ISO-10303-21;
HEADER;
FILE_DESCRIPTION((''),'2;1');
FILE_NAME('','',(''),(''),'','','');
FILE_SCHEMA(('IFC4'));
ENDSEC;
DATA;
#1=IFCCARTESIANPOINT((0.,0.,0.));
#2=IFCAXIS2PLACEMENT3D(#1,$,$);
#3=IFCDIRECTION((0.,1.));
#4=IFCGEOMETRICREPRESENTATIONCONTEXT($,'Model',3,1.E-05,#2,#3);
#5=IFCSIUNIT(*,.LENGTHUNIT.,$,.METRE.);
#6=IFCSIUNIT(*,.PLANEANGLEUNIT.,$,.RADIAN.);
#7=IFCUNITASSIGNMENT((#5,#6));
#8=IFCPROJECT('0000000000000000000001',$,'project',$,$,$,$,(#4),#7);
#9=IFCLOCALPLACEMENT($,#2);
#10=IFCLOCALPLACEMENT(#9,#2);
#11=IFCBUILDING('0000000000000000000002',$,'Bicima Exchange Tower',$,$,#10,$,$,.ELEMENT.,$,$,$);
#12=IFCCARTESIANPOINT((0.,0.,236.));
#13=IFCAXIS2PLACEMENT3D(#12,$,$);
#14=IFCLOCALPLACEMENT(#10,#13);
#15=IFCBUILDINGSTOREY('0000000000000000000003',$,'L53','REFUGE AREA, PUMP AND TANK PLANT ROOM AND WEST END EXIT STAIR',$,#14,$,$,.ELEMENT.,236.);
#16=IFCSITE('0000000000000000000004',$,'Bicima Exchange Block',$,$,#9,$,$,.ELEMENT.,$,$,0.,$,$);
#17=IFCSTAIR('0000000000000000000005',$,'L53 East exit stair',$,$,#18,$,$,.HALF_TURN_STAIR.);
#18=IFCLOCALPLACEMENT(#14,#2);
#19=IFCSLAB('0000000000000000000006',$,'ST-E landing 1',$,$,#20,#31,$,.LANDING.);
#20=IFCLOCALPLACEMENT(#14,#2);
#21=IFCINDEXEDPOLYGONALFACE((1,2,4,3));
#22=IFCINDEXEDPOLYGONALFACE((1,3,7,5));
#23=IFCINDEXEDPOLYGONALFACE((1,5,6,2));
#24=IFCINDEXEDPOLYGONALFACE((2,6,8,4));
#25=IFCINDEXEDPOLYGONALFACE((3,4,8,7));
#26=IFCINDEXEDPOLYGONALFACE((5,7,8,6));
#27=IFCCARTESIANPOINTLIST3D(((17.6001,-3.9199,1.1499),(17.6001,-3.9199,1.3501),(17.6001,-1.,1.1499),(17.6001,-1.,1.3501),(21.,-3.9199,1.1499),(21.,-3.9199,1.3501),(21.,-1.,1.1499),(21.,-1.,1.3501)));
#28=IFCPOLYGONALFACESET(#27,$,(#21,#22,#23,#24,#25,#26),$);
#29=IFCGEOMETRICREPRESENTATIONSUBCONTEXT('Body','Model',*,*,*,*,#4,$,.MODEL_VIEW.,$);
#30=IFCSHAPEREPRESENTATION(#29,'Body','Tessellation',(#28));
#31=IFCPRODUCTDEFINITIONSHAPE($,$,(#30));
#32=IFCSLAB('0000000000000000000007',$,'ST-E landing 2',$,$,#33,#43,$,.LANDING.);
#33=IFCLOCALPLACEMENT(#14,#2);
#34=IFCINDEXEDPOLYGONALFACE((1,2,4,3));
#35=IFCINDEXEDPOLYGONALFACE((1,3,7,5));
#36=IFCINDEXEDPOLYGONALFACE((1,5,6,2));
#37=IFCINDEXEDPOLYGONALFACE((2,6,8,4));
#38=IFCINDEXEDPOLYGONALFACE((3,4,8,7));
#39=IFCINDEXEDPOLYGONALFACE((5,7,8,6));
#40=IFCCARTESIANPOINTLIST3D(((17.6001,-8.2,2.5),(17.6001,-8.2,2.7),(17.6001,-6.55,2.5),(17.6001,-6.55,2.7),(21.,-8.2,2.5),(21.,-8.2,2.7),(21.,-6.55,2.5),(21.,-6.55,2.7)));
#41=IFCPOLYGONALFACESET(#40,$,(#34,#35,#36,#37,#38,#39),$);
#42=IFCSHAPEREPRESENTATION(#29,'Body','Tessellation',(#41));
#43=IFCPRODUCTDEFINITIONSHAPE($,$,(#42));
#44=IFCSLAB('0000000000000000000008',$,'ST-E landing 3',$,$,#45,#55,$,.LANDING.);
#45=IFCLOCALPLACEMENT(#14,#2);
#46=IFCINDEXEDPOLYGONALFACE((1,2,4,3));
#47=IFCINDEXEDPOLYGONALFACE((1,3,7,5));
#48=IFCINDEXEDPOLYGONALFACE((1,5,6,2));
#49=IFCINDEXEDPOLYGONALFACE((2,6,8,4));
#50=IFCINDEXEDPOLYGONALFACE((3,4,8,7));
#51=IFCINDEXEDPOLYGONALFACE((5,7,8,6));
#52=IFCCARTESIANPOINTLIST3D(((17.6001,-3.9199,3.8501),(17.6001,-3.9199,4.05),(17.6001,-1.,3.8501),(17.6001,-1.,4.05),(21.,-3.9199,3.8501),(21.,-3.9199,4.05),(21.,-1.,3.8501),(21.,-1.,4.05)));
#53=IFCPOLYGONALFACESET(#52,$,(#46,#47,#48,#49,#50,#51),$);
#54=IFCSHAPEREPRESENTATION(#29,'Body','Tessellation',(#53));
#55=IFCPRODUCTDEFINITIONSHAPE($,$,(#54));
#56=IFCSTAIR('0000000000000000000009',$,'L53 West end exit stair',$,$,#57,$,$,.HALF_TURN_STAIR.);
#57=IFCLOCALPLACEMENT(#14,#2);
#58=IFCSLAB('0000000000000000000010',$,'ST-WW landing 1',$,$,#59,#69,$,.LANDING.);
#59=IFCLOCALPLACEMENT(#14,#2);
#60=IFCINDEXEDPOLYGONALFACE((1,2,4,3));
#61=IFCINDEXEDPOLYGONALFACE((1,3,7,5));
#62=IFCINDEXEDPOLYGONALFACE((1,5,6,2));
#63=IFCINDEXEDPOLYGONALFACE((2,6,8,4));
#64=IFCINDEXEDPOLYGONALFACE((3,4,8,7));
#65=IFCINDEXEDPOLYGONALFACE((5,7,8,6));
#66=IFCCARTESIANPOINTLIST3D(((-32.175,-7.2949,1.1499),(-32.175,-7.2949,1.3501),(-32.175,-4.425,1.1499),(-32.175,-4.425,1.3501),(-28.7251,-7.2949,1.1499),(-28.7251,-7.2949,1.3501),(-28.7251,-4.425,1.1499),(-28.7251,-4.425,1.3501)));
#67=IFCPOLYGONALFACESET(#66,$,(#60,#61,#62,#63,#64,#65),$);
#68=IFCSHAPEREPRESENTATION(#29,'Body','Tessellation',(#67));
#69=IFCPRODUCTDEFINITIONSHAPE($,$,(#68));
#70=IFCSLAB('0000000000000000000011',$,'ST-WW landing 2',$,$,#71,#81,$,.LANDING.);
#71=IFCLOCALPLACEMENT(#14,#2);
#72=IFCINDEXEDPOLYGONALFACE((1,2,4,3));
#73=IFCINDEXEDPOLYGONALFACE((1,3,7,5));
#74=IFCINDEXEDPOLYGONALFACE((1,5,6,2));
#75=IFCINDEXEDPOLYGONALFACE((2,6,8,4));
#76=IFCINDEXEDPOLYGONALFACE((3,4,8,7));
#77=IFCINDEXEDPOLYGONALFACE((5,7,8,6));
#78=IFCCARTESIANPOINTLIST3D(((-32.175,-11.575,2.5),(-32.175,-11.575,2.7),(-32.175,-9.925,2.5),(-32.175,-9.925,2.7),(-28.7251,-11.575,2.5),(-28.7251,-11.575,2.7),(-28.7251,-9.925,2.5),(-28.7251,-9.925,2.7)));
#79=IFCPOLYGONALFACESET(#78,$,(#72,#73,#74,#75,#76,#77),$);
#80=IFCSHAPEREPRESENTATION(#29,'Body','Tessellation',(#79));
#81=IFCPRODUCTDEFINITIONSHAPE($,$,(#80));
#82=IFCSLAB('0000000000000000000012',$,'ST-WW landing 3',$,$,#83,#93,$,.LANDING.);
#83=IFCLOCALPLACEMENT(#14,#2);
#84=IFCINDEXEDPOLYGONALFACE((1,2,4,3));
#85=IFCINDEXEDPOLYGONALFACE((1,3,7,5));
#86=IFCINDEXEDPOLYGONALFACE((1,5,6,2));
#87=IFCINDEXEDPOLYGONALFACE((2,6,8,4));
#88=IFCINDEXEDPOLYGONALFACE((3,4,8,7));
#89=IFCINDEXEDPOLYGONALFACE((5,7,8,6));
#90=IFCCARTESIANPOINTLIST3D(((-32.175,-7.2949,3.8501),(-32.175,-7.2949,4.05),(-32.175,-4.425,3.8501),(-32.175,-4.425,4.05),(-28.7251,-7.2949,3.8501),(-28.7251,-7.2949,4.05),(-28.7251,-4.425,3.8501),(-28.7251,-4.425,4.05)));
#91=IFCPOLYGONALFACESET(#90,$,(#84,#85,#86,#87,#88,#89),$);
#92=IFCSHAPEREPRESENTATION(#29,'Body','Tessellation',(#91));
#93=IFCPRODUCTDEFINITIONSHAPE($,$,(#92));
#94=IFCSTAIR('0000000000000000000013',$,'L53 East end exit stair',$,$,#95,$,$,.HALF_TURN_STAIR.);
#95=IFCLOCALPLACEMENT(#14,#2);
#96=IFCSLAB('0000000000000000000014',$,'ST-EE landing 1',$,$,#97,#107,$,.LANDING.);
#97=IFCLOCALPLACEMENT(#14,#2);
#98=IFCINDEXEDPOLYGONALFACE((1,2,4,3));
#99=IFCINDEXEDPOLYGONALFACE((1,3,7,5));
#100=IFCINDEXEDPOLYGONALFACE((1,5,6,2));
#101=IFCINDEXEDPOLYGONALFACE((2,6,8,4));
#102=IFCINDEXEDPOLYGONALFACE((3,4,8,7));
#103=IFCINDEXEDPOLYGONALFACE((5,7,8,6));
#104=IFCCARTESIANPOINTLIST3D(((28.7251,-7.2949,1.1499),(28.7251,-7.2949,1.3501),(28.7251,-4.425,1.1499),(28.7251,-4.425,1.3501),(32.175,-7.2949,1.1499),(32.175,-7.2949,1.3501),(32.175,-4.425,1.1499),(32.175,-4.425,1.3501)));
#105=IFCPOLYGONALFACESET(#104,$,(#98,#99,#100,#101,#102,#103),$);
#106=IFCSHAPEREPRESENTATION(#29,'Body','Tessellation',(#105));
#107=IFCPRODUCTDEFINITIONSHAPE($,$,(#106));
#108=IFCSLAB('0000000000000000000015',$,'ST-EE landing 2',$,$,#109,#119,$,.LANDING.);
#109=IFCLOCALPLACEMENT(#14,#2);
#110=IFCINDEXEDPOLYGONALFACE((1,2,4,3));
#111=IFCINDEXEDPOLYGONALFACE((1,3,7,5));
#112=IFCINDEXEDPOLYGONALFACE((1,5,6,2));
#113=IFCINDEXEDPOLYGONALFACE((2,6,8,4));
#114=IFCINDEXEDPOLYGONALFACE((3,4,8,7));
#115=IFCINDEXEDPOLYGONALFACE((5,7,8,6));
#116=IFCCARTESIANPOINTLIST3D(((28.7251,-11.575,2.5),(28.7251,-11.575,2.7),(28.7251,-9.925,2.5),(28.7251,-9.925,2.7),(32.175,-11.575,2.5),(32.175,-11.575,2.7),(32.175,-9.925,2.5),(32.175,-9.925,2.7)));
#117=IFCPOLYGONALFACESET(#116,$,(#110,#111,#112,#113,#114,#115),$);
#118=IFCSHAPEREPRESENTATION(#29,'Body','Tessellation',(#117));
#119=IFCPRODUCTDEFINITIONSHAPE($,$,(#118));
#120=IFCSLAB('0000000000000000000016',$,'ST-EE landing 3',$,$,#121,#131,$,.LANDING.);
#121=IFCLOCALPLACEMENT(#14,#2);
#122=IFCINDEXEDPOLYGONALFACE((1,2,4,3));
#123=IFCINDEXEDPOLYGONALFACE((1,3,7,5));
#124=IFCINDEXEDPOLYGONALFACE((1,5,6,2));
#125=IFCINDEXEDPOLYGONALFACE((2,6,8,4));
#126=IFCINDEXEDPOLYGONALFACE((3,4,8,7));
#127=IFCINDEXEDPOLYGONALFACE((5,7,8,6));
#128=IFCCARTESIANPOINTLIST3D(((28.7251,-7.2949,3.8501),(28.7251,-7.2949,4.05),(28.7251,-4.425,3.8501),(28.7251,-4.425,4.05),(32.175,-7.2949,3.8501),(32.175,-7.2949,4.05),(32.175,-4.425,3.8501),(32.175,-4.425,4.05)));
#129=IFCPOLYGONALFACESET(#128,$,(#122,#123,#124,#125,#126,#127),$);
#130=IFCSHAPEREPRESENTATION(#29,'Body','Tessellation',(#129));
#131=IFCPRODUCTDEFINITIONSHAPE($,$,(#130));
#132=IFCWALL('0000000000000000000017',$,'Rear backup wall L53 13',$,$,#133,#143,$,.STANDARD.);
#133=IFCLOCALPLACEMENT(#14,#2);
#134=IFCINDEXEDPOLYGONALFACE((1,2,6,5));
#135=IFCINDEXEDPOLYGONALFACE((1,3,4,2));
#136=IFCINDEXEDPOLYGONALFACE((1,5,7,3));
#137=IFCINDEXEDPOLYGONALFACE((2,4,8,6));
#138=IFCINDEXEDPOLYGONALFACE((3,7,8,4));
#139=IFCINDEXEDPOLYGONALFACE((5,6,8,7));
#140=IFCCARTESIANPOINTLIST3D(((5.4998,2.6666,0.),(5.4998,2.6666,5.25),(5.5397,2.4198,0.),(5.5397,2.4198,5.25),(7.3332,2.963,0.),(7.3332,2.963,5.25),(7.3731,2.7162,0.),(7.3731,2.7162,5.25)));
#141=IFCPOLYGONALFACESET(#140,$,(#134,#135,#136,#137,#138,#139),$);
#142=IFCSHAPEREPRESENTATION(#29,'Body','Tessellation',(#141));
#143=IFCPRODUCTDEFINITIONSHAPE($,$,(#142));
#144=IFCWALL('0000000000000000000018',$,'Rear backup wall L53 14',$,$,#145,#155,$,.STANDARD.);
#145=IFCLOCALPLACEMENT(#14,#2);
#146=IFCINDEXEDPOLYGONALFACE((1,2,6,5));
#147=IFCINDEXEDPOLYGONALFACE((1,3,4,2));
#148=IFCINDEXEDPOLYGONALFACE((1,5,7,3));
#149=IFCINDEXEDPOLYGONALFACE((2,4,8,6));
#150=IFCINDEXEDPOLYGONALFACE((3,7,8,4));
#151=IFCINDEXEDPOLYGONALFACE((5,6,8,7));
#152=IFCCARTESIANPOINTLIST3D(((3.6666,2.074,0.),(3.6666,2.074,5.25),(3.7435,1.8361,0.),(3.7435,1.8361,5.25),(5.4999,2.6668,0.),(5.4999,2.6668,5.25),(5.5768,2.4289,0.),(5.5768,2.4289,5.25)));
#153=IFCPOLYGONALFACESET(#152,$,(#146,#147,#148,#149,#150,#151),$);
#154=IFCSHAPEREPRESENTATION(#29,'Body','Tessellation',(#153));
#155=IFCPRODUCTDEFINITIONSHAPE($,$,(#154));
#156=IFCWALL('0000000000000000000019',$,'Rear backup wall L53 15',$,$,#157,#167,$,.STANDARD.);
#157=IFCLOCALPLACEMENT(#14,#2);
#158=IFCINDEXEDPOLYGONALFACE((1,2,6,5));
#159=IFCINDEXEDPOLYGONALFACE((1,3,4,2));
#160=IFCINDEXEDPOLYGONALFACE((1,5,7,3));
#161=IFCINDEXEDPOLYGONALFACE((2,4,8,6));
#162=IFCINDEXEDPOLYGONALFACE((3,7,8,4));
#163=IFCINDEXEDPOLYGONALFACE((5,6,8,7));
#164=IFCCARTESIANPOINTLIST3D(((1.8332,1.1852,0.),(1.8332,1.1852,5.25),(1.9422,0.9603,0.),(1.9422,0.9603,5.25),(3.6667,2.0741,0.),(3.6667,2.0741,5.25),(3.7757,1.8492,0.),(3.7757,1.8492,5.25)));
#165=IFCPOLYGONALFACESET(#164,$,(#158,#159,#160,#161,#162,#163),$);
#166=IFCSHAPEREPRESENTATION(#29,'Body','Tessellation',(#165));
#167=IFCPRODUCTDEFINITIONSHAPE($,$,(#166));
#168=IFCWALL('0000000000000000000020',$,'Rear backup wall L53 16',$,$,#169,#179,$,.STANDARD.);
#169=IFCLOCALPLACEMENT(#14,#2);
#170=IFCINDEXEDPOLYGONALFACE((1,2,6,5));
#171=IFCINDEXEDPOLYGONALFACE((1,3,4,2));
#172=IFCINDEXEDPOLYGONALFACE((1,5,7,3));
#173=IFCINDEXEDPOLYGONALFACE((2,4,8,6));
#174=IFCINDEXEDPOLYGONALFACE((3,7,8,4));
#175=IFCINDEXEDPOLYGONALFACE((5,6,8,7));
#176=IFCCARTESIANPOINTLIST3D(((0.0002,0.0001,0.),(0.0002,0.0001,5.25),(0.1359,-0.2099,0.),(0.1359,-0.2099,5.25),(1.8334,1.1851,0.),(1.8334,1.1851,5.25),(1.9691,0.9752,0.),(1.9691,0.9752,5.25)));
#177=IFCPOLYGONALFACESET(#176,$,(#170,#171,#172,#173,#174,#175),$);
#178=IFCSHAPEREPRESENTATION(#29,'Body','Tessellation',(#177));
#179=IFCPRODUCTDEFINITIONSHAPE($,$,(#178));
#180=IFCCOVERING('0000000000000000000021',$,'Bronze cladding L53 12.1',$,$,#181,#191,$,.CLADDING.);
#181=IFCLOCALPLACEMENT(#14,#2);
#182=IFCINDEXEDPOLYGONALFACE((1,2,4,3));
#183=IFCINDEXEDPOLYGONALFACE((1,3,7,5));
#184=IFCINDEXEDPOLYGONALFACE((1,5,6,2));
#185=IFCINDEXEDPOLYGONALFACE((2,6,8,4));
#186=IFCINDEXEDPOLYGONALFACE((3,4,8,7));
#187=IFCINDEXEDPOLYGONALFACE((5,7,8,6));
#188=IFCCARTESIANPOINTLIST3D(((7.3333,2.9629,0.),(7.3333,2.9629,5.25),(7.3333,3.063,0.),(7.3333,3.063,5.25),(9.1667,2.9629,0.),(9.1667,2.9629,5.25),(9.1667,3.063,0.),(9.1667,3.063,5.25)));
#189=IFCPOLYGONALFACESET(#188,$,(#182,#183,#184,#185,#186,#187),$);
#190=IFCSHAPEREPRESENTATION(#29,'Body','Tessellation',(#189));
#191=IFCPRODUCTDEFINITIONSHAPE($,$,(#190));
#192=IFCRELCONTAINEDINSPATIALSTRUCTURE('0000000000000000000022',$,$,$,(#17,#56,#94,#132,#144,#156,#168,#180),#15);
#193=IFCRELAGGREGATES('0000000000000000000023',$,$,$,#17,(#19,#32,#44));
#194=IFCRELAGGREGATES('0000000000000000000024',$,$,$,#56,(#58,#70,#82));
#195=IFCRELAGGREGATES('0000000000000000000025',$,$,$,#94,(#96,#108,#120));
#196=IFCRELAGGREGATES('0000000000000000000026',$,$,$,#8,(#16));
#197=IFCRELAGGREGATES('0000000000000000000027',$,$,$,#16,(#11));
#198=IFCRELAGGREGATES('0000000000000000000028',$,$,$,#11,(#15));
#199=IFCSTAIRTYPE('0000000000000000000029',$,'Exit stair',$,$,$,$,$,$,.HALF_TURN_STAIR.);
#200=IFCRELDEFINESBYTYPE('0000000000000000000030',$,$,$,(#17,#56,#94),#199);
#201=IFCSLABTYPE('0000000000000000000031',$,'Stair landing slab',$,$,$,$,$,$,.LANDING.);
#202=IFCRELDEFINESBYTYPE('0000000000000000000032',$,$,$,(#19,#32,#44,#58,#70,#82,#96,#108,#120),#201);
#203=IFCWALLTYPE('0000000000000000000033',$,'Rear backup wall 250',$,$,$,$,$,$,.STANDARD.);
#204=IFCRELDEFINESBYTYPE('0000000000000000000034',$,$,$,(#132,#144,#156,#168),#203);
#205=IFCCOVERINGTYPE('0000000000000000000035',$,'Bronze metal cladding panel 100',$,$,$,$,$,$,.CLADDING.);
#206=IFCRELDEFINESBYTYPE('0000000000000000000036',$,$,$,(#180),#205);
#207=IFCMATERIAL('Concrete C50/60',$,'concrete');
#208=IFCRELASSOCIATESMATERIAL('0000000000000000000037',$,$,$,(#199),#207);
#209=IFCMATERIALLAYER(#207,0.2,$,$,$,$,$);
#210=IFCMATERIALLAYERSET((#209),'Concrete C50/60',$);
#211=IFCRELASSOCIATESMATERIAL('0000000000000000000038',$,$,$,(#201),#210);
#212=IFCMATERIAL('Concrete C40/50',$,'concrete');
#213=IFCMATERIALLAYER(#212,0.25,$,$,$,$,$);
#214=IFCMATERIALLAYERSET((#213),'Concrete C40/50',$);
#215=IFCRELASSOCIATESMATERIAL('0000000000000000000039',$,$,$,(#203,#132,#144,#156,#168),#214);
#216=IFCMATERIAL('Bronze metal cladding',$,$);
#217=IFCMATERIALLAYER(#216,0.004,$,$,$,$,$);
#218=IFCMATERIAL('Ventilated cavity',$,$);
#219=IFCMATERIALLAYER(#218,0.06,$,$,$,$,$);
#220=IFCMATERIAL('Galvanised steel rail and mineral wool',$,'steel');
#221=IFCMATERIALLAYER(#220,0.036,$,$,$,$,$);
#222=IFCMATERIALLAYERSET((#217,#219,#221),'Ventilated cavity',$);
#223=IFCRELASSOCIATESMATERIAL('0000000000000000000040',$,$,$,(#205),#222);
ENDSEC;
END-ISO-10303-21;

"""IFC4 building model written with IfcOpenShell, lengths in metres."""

from ifc_helpers import new_model, si_unit, direction, frame, frame_2d, origin, origin_2d, place, context, subcontext, project, spatial, polyline, rectangle, outline, extrude, material, layer, layer_set, layer_usage, type_object, element, aggregate, save


model = new_model("IFC4")

# Units and contexts
model_context = context("Model", 3, precision=1e-05, world=origin(), true_north=direction((0.0, 1.0)))
body_context = subcontext(model_context, "Body", "Model", "MODEL_VIEW")
ifc_project = project(units=[si_unit("LENGTHUNIT", "METRE"), si_unit("PLANEANGLEUNIT", "RADIAN")], contexts=[model_context])

# Site, building, storey
site_placement = place(None, origin())
site = spatial("IfcSite", under=ifc_project, at=site_placement, Name="Bicima Exchange Block", CompositionType="ELEMENT", RefElevation=0.0)
building_placement = place(site_placement, origin())
building = spatial("IfcBuilding", under=site, at=building_placement, Name="Bicima Exchange Tower", CompositionType="ELEMENT")
storey_placement = place(building_placement, frame((0.0, 0.0, 236.0)))
storey = spatial("IfcBuildingStorey", under=building, at=storey_placement, Name="L53", Description="REFUGE AREA, PUMP AND TANK PLANT ROOM AND WEST END EXIT STAIR", CompositionType="ELEMENT", Elevation=236.0)

# Stairs, slabs
ifc_material_1 = material(Name="Concrete C50/60", Category="concrete")
stair_type = type_object("IfcStairType", Name="Exit stair", PredefinedType="HALF_TURN_STAIR", material=ifc_material_1)
stair_1_placement = place(storey_placement, origin())
stair_1 = element("IfcStair", 1, at=stair_1_placement, inside=storey, type_object=stair_type, Name="L53 East exit stair", PredefinedType="HALF_TURN_STAIR")
ifc_layer_1 = layer(ifc_material_1, 0.2)
ifc_layer_set_1 = layer_set([ifc_layer_1], Name="Concrete C50/60")
slab_type = type_object("IfcSlabType", Name="Stair landing slab", PredefinedType="LANDING", material=ifc_layer_set_1)
slab_1_placement = place(storey_placement, frame((0.0, 0.0, 1.1499)))
slab_1 = element("IfcSlab", 2, at=slab_1_placement, type_object=slab_type, Name="ST-E landing 1", PredefinedType="LANDING", context=body_context, shape_type="SweptSolid", body=[
    extrude(outline(polyline([(21.0, -3.9199), (21.0, -1.0), (17.6001, -1.0), (17.6001, -3.9199), (21.0, -3.9199)])), origin(), (0.0, 0.0, 1.0), 0.2002),
])
slab_2_placement = place(storey_placement, frame((0.0, 0.0, 2.5)))
slab_2 = element("IfcSlab", 3, at=slab_2_placement, type_object=slab_type, Name="ST-E landing 2", PredefinedType="LANDING", context=body_context, shape_type="SweptSolid", body=[
    extrude(outline(polyline([(21.0, -8.2), (21.0, -6.55), (17.6001, -6.55), (17.6001, -8.2), (21.0, -8.2)])), origin(), (0.0, 0.0, 1.0), 0.2),
])
slab_3_placement = place(storey_placement, frame((0.0, 0.0, 3.8501)))
slab_3 = element("IfcSlab", 4, at=slab_3_placement, type_object=slab_type, Name="ST-E landing 3", PredefinedType="LANDING", context=body_context, shape_type="SweptSolid", body=[
    extrude(outline(polyline([(21.0, -3.9199), (21.0, -1.0), (17.6001, -1.0), (17.6001, -3.9199), (21.0, -3.9199)])), origin(), (0.0, 0.0, 1.0), 0.2),
])
aggregate(stair_1, [slab_1, slab_2, slab_3])
stair_2_placement = place(storey_placement, origin())
stair_2 = element("IfcStair", 5, at=stair_2_placement, inside=storey, type_object=stair_type, Name="L53 West end exit stair", PredefinedType="HALF_TURN_STAIR")
slab_4_placement = place(storey_placement, frame((0.0, 0.0, 1.1499)))
slab_4 = element("IfcSlab", 6, at=slab_4_placement, type_object=slab_type, Name="ST-WW landing 1", PredefinedType="LANDING", context=body_context, shape_type="SweptSolid", body=[
    extrude(outline(polyline([(-28.7251, -7.2949), (-28.7251, -4.425), (-32.175, -4.425), (-32.175, -7.2949), (-28.7251, -7.2949)])), origin(), (0.0, 0.0, 1.0), 0.2002),
])
slab_5_placement = place(storey_placement, frame((0.0, 0.0, 2.5)))
slab_5 = element("IfcSlab", 7, at=slab_5_placement, type_object=slab_type, Name="ST-WW landing 2", PredefinedType="LANDING", context=body_context, shape_type="SweptSolid", body=[
    extrude(outline(polyline([(-28.7251, -11.575), (-28.7251, -9.925), (-32.175, -9.925), (-32.175, -11.575), (-28.7251, -11.575)])), origin(), (0.0, 0.0, 1.0), 0.2),
])
slab_6_placement = place(storey_placement, frame((0.0, 0.0, 3.8501)))
slab_6 = element("IfcSlab", 8, at=slab_6_placement, type_object=slab_type, Name="ST-WW landing 3", PredefinedType="LANDING", context=body_context, shape_type="SweptSolid", body=[
    extrude(outline(polyline([(-28.7251, -7.2949), (-28.7251, -4.425), (-32.175, -4.425), (-32.175, -7.2949), (-28.7251, -7.2949)])), origin(), (0.0, 0.0, 1.0), 0.2),
])
aggregate(stair_2, [slab_4, slab_5, slab_6])
stair_3_placement = place(storey_placement, origin())
stair_3 = element("IfcStair", 9, at=stair_3_placement, inside=storey, type_object=stair_type, Name="L53 East end exit stair", PredefinedType="HALF_TURN_STAIR")
slab_7_placement = place(storey_placement, frame((0.0, 0.0, 1.1499)))
slab_7 = element("IfcSlab", 10, at=slab_7_placement, type_object=slab_type, Name="ST-EE landing 1", PredefinedType="LANDING", context=body_context, shape_type="SweptSolid", body=[
    extrude(outline(polyline([(32.175, -7.2949), (32.175, -4.425), (28.7251, -4.425), (28.7251, -7.2949), (32.175, -7.2949)])), origin(), (0.0, 0.0, 1.0), 0.2002),
])
slab_8_placement = place(storey_placement, frame((0.0, 0.0, 2.5)))
slab_8 = element("IfcSlab", 11, at=slab_8_placement, type_object=slab_type, Name="ST-EE landing 2", PredefinedType="LANDING", context=body_context, shape_type="SweptSolid", body=[
    extrude(outline(polyline([(32.175, -11.575), (32.175, -9.925), (28.7251, -9.925), (28.7251, -11.575), (32.175, -11.575)])), origin(), (0.0, 0.0, 1.0), 0.2),
])
slab_9_placement = place(storey_placement, frame((0.0, 0.0, 3.8501)))
slab_9 = element("IfcSlab", 12, at=slab_9_placement, type_object=slab_type, Name="ST-EE landing 3", PredefinedType="LANDING", context=body_context, shape_type="SweptSolid", body=[
    extrude(outline(polyline([(32.175, -7.2949), (32.175, -4.425), (28.7251, -4.425), (28.7251, -7.2949), (32.175, -7.2949)])), origin(), (0.0, 0.0, 1.0), 0.2),
])
aggregate(stair_3, [slab_7, slab_8, slab_9])

# Walls
ifc_material_2 = material(Name="Concrete C40/50", Category="concrete")
ifc_layer_2 = layer(ifc_material_2, 0.25)
ifc_layer_set_2 = layer_set([ifc_layer_2], Name="Concrete C40/50")
ifc_layer_usage = layer_usage(ifc_layer_set_2, "AXIS2", "POSITIVE", -0.125)
wall_type = type_object("IfcWallType", Name="Rear backup wall 250", PredefinedType="STANDARD", material=ifc_layer_set_2)
wall_1_placement = place(storey_placement, frame((7.3533, 2.8396, 0.0), z_axis=(0.0, 0.0, 1.0), x_axis=(-0.987182, -0.1596, 0.0)))
element("IfcWall", 13, at=wall_1_placement, inside=storey, type_object=wall_type, material=ifc_layer_usage, Name="Rear backup wall L53 13", PredefinedType="STANDARD", context=body_context, shape_type="SweptSolid", body=[
    extrude(rectangle(XDim=1.8572, YDim=0.25, at=frame_2d((0.9287, 0.0))), origin(), (0.0, 0.0, 1.0), 5.25),
])
wall_2_placement = place(storey_placement, frame((5.5383, 2.5479, 0.0), z_axis=(0.0, 0.0, 1.0), x_axis=(-0.951496, -0.307662, 0.0)))
element("IfcWall", 14, at=wall_2_placement, inside=storey, type_object=wall_type, material=ifc_layer_usage, Name="Rear backup wall L53 14", PredefinedType="STANDARD", context=body_context, shape_type="SweptSolid", body=[
    extrude(rectangle(XDim=1.9268, YDim=0.25, at=frame_2d((0.9634, 0.0))), origin(), (0.0, 0.0, 1.0), 5.25),
])
wall_3_placement = place(storey_placement, frame((3.7212, 1.9617, 0.0), z_axis=(0.0, 0.0, 1.0), x_axis=(-0.899824, -0.436253, 0.0)))
element("IfcWall", 15, at=wall_3_placement, inside=storey, type_object=wall_type, material=ifc_layer_usage, Name="Rear backup wall L53 15", PredefinedType="STANDARD", context=body_context, shape_type="SweptSolid", body=[
    extrude(rectangle(XDim=2.0376, YDim=0.25, at=frame_2d((1.0188, 0.0))), origin(), (0.0, 0.0, 1.0), 5.25),
])
wall_4_placement = place(storey_placement, frame((1.9011, 1.0801, 0.0), z_axis=(0.0, 0.0, 1.0), x_axis=(-0.839813, -0.542876, 0.0)))
element("IfcWall", 16, at=wall_4_placement, inside=storey, type_object=wall_type, material=ifc_layer_usage, Name="Rear backup wall L53 16", PredefinedType="STANDARD", context=body_context, shape_type="SweptSolid", body=[
    extrude(rectangle(XDim=2.1829, YDim=0.25, at=frame_2d((1.0913, 0.0))), origin(), (0.0, 0.0, 1.0), 5.25),
])

# Covering
ifc_material_3 = material(Name="Bronze metal cladding")
ifc_layer_3 = layer(ifc_material_3, 0.004)
ifc_material_4 = material(Name="Ventilated cavity")
ifc_layer_4 = layer(ifc_material_4, 0.06)
ifc_material_5 = material(Name="Galvanised steel rail and mineral wool", Category="steel")
ifc_layer_5 = layer(ifc_material_5, 0.036)
ifc_layer_set_3 = layer_set([ifc_layer_3, ifc_layer_4, ifc_layer_5], Name="Ventilated cavity")
covering_type = type_object("IfcCoveringType", Name="Bronze metal cladding panel 100", PredefinedType="CLADDING", material=ifc_layer_set_3)
covering_1_placement = place(storey_placement, frame((8.25, 3.0129, 0.0), z_axis=(0.0, 0.0, 1.0), x_axis=(-1.0, 0.0, 0.0)))
element("IfcCovering", 17, at=covering_1_placement, inside=storey, type_object=covering_type, Name="Bronze cladding L53 12.1", PredefinedType="CLADDING", context=body_context, shape_type="SweptSolid", body=[
    extrude(rectangle(XDim=1.8335, YDim=0.1001, at=origin_2d()), origin(), (0.0, 0.0, 1.0), 5.25),
])

save(model, "model.ifc")
